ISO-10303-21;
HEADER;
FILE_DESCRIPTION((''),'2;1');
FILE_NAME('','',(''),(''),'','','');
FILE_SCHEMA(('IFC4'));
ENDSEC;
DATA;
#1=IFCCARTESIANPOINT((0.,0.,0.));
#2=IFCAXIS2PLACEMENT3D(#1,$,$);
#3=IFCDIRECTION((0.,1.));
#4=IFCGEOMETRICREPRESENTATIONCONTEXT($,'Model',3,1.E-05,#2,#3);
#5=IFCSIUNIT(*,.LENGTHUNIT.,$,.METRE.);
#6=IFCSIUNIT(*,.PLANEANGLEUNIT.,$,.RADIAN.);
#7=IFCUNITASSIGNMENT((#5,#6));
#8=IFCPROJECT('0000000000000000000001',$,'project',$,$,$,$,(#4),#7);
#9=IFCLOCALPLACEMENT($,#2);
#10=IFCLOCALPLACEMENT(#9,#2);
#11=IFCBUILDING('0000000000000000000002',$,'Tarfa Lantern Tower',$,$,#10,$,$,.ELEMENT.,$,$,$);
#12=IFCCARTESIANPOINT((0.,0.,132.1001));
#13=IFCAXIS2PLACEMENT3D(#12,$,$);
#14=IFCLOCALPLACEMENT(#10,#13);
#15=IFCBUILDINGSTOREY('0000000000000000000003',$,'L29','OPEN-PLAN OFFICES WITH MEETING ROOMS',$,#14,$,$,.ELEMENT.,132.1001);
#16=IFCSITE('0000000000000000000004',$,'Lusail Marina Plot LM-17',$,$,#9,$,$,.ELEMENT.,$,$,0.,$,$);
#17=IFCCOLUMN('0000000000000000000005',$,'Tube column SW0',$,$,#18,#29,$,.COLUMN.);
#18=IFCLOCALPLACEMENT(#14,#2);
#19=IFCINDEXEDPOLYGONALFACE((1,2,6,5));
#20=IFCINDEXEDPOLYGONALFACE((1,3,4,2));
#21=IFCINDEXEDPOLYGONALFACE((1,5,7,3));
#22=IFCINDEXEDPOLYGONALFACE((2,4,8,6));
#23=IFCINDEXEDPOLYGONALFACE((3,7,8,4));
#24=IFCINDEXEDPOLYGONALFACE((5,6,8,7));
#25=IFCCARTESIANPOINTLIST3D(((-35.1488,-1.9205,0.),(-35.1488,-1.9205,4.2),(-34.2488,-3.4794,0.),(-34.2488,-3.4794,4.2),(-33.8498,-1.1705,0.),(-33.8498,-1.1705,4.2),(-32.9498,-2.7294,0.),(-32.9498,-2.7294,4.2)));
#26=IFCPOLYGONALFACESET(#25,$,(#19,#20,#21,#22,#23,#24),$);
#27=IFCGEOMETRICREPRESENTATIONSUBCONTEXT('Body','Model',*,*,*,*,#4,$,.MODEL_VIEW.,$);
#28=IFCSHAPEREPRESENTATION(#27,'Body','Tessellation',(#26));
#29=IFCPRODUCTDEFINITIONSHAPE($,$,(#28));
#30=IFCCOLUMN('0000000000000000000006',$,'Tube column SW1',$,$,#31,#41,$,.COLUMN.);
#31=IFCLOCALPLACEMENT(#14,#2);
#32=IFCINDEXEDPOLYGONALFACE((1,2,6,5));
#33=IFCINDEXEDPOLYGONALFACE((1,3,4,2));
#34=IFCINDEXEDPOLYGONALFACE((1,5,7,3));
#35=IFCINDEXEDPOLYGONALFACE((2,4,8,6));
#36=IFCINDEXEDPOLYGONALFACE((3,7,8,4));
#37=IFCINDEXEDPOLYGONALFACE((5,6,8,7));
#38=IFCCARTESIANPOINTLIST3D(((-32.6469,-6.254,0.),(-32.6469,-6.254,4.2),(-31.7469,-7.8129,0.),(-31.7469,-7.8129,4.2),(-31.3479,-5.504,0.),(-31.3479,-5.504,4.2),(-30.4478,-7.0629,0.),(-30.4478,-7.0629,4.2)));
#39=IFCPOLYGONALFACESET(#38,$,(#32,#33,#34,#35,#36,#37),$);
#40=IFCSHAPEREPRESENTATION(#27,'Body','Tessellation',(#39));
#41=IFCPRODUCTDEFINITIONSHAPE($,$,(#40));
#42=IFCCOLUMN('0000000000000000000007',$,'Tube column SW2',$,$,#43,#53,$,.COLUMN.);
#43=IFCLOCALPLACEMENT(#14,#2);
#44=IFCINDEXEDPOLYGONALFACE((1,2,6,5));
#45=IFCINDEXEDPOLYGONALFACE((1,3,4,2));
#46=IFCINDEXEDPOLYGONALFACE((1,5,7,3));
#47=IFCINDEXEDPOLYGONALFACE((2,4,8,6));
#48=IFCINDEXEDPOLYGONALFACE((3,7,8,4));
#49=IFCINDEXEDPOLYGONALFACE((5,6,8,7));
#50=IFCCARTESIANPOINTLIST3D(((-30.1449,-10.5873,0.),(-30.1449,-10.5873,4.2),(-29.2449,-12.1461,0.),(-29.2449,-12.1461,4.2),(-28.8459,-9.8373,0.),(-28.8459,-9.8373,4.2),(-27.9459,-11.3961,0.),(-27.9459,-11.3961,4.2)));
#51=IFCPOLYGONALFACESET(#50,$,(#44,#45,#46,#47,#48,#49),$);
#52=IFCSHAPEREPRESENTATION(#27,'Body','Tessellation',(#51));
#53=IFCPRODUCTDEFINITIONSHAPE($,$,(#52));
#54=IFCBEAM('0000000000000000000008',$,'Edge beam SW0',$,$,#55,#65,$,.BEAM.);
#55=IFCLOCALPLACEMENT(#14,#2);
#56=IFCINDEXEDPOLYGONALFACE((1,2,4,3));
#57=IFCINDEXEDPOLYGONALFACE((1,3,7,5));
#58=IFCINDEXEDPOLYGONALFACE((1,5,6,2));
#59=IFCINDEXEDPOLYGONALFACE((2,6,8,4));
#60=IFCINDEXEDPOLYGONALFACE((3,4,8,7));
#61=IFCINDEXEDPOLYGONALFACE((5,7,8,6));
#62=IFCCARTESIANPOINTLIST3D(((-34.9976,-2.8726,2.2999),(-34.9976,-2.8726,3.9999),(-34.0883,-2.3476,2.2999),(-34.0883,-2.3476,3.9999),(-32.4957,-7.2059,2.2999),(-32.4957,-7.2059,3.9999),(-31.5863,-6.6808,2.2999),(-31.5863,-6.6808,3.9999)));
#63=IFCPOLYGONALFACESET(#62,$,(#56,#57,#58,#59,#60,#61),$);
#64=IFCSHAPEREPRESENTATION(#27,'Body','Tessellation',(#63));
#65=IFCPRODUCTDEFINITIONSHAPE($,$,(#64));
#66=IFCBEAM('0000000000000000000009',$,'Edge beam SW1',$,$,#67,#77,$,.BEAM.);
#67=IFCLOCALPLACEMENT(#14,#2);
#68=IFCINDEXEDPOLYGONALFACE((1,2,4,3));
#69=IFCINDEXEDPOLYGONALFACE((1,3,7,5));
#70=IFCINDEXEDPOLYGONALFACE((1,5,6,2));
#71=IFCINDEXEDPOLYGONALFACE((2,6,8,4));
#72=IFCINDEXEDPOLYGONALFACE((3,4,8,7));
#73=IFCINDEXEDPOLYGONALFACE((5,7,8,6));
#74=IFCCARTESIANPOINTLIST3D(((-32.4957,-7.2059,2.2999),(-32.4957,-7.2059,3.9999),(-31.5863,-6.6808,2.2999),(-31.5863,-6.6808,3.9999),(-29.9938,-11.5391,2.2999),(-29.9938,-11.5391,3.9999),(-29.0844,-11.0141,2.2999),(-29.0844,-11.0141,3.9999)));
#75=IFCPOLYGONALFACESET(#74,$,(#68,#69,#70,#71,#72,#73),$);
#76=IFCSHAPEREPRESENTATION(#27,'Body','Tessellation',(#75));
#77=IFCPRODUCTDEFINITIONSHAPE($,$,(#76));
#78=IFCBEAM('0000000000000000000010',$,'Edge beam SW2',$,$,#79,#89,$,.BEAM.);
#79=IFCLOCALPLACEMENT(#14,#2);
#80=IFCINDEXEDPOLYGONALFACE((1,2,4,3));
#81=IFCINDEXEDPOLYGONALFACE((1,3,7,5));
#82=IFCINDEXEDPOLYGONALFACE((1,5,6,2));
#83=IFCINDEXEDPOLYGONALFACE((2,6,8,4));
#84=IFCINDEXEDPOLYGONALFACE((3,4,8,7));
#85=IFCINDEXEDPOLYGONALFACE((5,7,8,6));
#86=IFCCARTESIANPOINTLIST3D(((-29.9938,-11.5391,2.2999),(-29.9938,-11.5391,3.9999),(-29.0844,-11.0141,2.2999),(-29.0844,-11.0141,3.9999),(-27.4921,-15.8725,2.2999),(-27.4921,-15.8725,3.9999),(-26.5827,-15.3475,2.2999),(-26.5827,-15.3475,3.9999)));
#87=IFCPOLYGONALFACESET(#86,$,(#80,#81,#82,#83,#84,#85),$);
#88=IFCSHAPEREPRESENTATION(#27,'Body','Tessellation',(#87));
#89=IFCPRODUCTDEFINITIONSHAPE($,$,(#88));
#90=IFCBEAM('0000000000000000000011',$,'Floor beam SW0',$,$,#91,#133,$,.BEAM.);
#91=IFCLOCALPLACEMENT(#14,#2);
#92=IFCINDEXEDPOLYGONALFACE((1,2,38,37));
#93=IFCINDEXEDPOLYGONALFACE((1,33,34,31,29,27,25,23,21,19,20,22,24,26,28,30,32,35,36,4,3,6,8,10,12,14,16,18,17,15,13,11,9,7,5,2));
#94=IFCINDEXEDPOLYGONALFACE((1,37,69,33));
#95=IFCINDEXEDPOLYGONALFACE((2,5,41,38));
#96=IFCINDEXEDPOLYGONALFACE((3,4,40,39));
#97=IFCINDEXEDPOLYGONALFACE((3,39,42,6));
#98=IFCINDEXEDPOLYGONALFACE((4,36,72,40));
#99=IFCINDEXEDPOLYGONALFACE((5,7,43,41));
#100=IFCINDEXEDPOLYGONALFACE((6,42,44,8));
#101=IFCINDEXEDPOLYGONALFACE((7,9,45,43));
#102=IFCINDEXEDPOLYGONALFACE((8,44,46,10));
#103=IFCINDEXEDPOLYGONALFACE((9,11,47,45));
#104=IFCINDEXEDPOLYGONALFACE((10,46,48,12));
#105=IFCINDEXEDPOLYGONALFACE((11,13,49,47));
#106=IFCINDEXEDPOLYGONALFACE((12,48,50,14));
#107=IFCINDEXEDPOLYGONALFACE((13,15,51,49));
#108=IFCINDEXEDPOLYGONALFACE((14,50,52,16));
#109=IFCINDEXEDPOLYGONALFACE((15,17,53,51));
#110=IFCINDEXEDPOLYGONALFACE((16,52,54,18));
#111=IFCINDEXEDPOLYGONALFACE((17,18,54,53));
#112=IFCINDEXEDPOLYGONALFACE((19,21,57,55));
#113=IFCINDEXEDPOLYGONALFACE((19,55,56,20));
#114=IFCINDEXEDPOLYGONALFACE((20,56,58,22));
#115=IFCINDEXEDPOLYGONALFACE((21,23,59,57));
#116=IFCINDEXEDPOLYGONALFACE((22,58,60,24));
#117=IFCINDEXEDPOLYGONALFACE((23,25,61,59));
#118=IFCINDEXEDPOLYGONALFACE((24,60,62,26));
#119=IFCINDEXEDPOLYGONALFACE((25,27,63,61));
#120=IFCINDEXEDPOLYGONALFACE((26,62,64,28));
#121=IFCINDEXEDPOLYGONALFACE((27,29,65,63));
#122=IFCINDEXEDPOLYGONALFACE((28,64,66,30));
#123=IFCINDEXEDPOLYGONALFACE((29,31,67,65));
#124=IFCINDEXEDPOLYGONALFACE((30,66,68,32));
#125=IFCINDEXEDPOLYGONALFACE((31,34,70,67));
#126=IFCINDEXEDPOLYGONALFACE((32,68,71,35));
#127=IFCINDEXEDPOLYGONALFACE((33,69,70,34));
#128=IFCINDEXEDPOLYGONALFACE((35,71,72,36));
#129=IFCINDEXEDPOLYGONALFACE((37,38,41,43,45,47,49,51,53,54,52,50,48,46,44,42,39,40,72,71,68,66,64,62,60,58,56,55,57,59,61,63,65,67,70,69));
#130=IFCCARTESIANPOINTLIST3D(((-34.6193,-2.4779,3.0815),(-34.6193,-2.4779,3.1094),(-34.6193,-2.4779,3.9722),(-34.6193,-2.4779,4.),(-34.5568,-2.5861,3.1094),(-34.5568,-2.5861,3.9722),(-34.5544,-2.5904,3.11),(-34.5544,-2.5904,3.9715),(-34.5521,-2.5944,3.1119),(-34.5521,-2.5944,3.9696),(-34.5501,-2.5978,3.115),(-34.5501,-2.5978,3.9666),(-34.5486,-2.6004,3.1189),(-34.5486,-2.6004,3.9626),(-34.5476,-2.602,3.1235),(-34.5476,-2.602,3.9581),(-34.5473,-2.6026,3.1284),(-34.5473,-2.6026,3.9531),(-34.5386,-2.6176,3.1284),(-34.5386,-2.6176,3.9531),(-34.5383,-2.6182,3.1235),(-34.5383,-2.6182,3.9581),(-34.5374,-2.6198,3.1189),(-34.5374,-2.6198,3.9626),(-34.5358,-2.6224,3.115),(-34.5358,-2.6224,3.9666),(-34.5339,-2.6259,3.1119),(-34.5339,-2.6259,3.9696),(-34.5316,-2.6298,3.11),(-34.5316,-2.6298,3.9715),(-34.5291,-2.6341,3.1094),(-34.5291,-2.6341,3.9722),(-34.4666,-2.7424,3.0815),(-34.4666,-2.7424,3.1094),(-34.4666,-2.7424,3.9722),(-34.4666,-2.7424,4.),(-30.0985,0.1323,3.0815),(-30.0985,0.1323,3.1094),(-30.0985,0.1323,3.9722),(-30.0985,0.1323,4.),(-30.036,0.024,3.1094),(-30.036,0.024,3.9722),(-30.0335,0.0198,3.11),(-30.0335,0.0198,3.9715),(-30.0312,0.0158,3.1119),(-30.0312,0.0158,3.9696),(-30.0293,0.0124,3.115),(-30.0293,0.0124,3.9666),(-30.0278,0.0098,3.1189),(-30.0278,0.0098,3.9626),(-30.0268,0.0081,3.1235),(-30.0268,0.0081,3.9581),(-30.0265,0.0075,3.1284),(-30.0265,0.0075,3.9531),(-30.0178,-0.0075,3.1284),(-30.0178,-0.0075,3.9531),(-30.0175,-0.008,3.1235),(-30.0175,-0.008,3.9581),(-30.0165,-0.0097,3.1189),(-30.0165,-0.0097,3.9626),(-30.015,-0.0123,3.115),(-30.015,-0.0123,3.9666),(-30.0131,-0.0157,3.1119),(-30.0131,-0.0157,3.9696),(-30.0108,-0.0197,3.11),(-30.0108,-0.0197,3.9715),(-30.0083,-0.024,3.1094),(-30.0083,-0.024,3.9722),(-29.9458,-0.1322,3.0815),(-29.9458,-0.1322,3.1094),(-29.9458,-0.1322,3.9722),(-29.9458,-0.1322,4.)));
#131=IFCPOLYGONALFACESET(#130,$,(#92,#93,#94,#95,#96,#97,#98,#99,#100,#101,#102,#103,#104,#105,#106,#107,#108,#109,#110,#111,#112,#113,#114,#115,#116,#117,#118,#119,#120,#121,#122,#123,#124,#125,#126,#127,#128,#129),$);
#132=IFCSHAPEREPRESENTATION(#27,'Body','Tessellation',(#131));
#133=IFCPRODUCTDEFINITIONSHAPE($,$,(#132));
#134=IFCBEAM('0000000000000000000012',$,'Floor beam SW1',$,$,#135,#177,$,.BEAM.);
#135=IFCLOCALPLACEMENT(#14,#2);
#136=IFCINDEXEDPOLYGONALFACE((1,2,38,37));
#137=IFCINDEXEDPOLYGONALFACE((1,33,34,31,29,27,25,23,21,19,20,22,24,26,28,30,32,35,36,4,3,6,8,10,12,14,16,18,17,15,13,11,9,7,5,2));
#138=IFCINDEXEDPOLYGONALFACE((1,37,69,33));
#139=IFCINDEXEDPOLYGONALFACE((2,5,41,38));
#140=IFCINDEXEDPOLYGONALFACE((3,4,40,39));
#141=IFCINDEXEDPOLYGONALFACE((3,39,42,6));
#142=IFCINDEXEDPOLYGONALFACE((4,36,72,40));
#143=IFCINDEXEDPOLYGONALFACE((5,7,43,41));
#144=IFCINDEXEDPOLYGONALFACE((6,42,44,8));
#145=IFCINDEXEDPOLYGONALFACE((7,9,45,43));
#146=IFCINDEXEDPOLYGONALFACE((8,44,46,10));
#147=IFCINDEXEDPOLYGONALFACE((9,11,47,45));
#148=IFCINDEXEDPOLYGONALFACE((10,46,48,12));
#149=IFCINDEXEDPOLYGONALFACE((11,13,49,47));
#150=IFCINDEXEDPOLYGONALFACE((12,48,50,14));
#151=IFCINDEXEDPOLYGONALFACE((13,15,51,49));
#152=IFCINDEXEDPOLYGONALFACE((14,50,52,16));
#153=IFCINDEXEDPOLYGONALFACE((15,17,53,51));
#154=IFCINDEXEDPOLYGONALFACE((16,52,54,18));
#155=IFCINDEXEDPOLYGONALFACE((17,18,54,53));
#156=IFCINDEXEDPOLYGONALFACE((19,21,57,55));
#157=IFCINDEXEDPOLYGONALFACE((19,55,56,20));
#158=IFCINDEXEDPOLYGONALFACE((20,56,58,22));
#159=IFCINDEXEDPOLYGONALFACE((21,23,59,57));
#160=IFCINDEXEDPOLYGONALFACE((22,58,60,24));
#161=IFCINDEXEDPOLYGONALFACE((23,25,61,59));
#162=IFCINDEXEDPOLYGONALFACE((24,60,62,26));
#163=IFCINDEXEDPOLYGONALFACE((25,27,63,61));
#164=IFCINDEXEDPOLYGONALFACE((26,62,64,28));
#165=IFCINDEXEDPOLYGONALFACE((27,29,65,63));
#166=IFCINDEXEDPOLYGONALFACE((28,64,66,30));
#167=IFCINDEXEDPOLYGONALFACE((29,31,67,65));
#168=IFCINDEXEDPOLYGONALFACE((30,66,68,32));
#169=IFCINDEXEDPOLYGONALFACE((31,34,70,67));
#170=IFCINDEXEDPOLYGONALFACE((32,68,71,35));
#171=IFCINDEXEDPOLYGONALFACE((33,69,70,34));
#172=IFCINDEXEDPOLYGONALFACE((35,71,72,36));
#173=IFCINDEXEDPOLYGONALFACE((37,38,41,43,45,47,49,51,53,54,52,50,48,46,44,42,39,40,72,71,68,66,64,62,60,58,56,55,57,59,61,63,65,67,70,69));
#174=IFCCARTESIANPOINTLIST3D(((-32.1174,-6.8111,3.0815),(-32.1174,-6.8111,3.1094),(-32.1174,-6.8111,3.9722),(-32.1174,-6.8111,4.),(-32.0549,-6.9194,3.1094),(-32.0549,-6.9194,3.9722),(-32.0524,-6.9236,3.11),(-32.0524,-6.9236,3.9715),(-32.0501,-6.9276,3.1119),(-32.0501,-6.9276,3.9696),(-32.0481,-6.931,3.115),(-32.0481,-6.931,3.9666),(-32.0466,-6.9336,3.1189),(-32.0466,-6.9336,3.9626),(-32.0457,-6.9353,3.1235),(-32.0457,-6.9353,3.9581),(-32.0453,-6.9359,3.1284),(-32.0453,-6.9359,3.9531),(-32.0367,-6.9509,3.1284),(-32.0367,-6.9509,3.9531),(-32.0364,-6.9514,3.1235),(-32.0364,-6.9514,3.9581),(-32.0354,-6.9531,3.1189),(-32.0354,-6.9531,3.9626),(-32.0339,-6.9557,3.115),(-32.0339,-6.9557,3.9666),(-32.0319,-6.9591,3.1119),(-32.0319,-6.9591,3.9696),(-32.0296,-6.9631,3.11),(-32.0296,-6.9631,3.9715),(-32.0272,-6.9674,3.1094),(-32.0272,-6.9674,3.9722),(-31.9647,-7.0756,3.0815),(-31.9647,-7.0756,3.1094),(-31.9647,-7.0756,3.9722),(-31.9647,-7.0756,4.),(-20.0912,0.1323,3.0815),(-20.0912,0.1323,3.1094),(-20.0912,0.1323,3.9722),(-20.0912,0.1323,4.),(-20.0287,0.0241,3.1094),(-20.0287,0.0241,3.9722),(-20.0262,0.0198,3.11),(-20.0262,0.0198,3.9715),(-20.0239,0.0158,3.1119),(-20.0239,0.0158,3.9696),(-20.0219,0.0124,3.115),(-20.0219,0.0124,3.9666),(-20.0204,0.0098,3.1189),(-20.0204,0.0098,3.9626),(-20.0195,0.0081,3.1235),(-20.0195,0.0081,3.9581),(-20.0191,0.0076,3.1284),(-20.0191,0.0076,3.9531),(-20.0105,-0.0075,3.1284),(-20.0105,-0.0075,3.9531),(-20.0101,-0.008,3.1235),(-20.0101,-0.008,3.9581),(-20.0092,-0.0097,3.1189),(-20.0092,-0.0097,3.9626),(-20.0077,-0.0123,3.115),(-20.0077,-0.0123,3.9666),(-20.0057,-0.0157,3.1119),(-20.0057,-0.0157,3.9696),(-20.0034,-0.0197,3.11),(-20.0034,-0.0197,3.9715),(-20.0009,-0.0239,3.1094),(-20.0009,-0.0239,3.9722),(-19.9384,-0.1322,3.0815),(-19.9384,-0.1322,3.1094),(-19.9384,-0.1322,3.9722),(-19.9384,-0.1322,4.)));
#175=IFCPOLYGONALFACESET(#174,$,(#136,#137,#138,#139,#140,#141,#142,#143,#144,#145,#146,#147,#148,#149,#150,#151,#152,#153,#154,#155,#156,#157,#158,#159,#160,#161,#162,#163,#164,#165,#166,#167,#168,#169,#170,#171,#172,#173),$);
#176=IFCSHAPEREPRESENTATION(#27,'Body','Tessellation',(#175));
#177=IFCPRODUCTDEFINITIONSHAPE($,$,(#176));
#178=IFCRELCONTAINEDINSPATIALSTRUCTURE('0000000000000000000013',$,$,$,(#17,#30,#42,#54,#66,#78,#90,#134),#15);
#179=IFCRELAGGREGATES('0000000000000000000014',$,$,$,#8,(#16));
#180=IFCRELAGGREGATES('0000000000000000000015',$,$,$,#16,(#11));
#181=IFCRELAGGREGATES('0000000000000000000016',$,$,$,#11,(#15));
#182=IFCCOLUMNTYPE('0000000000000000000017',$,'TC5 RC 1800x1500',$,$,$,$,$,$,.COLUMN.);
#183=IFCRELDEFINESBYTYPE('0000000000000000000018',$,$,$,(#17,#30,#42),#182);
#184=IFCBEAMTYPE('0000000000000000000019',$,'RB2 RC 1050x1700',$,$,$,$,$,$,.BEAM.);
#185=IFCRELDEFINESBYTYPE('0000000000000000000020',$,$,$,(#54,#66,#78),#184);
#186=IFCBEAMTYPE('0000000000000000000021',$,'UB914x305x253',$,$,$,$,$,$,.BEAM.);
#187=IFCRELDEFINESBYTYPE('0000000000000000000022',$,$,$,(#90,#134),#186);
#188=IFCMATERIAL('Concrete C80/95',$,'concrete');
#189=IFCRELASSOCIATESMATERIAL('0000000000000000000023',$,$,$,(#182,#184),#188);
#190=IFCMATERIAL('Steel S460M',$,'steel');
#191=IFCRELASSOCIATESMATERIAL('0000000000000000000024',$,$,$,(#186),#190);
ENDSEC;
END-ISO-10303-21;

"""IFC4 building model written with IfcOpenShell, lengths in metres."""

from ifc_helpers import new_model, si_unit, direction, frame, origin, origin_2d, place, context, subcontext, project, spatial, rectangle, i_section, extrude, material, material_profile, profile_set, type_object, element, save


model = new_model("IFC4")

# Units and contexts
model_context = context("Model", 3, precision=1e-05, world=origin(), true_north=direction((0.0, 1.0)))
body_context = subcontext(model_context, "Body", "Model", "MODEL_VIEW")
ifc_project = project(units=[si_unit("LENGTHUNIT", "METRE"), si_unit("PLANEANGLEUNIT", "RADIAN")], contexts=[model_context])

# Site, building, storey
site_placement = place(None, origin())
site = spatial("IfcSite", under=ifc_project, at=site_placement, Name="Lusail Marina Plot LM-17", CompositionType="ELEMENT", RefElevation=0.0)
building_placement = place(site_placement, origin())
building = spatial("IfcBuilding", under=site, at=building_placement, Name="Tarfa Lantern Tower", CompositionType="ELEMENT")
storey_placement = place(building_placement, frame((0.0, 0.0, 132.1001)))
storey = spatial("IfcBuildingStorey", under=building, at=storey_placement, Name="L29", Description="OPEN-PLAN OFFICES WITH MEETING ROOMS", CompositionType="ELEMENT", Elevation=132.1001)

# Columns
ifc_material_1 = material(Name="Concrete C80/95", Category="concrete")
ifc_material_profile_1 = material_profile(ifc_material_1, rectangle(XDim=1.8, YDim=1.5, at=origin_2d()), Name="RC 1800x1500")
ifc_profile_set_1 = profile_set([ifc_material_profile_1], Name="Concrete C80/95")
column_type = type_object("IfcColumnType", Name="TC5 RC 1800x1500", PredefinedType="COLUMN", material=ifc_profile_set_1)
for number, where, z_axis, x_axis, name in (
    (1, (-34.0493, -2.325, 0.0), (0.0, 0.0, 1.0), (0.5, -0.866025, 0.0), "Tube column SW0"),
    (2, (-31.5474, -6.6584, 0.0), (0.0, 0.0, 1.0), (0.5, -0.866025, 0.0), "Tube column SW1"),
    (3, (-29.0454, -10.9917, 0.0), (0.0, 0.0, 1.0), (0.5, -0.866025, 0.0), "Tube column SW2"),
):
    element("IfcColumn", number, at=place(storey_placement, frame(where, z_axis=z_axis, x_axis=x_axis)), inside=storey, type_object=column_type, Name=name, PredefinedType="COLUMN", context=body_context, shape_type="SweptSolid", body=[
        extrude(rectangle(XDim=1.8, YDim=1.5, at=origin_2d()), origin(), (0.0, 0.0, 1.0), 4.2),
    ])

# Beams
ifc_material_profile_2 = material_profile(ifc_material_1, rectangle(XDim=1.05, YDim=1.7, at=origin_2d()), Name="RC 1050x1700")
ifc_profile_set_2 = profile_set([ifc_material_profile_2], Name="Concrete C80/95")
beam_type_1 = type_object("IfcBeamType", Name="RB2 RC 1050x1700", PredefinedType="BEAM", material=ifc_profile_set_2)
for number, where, z_axis, x_axis, name in (
    (4, (-34.543, -2.6101, 3.1499), (0.500022, -0.866013, 0.0), (0.866013, 0.500022, 0.0), "Edge beam SW0"),
    (5, (-32.041, -6.9434, 3.1499), (0.500022, -0.866013, 0.0), (0.866013, 0.500022, 0.0), "Edge beam SW1"),
    (6, (-29.5391, -11.2766, 3.1499), (0.499965, -0.866046, 0.0), (0.866046, 0.499965, 0.0), "Edge beam SW2"),
):
    element("IfcBeam", number, at=place(storey_placement, frame(where, z_axis=z_axis, x_axis=x_axis)), inside=storey, type_object=beam_type_1, Name=name, PredefinedType="BEAM", context=body_context, shape_type="SweptSolid", body=[
        extrude(rectangle(XDim=1.05, YDim=1.7, at=origin_2d()), origin(), (0.0, 0.0, 1.0), 5.0037),
    ])
ifc_material_2 = material(Name="Steel S460M", Category="steel")
ifc_material_profile_3 = material_profile(ifc_material_2, i_section(OverallWidth=0.3054, OverallDepth=0.9185, WebThickness=0.0173, FlangeThickness=0.0278, FilletRadius=0.019, at=origin_2d()), Name="UB914x305x253")
ifc_profile_set_3 = profile_set([ifc_material_profile_3], Name="Steel S460M")
beam_type_2 = type_object("IfcBeamType", Name="UB914x305x253", PredefinedType="BEAM", material=ifc_profile_set_3)
beam_1_placement = place(storey_placement, frame((-34.543, -2.6101, 3.5408), z_axis=(0.866021, 0.500007, 0.0), x_axis=(-0.500007, 0.866021, 0.0)))
element("IfcBeam", 7, at=beam_1_placement, inside=storey, type_object=beam_type_2, Name="Floor beam SW0", PredefinedType="BEAM", context=body_context, shape_type="SweptSolid", body=[
    extrude(i_section(OverallWidth=0.3054, OverallDepth=0.9185, WebThickness=0.0173, FlangeThickness=0.0278, FilletRadius=0.019, at=origin_2d()), origin(), (0.0, 0.0, 1.0), 5.2202),
])
beam_2_placement = place(storey_placement, frame((-32.041, -6.9434, 3.5408), z_axis=(0.866023, 0.500004, 0.0), x_axis=(-0.500004, 0.866023, 0.0)))
element("IfcBeam", 8, at=beam_2_placement, inside=storey, type_object=beam_type_2, Name="Floor beam SW1", PredefinedType="BEAM", context=body_context, shape_type="SweptSolid", body=[
    extrude(i_section(OverallWidth=0.3054, OverallDepth=0.9185, WebThickness=0.0173, FlangeThickness=0.0278, FilletRadius=0.019, at=origin_2d()), origin(), (0.0, 0.0, 1.0), 13.8867),
])

save(model, "model.ifc")
